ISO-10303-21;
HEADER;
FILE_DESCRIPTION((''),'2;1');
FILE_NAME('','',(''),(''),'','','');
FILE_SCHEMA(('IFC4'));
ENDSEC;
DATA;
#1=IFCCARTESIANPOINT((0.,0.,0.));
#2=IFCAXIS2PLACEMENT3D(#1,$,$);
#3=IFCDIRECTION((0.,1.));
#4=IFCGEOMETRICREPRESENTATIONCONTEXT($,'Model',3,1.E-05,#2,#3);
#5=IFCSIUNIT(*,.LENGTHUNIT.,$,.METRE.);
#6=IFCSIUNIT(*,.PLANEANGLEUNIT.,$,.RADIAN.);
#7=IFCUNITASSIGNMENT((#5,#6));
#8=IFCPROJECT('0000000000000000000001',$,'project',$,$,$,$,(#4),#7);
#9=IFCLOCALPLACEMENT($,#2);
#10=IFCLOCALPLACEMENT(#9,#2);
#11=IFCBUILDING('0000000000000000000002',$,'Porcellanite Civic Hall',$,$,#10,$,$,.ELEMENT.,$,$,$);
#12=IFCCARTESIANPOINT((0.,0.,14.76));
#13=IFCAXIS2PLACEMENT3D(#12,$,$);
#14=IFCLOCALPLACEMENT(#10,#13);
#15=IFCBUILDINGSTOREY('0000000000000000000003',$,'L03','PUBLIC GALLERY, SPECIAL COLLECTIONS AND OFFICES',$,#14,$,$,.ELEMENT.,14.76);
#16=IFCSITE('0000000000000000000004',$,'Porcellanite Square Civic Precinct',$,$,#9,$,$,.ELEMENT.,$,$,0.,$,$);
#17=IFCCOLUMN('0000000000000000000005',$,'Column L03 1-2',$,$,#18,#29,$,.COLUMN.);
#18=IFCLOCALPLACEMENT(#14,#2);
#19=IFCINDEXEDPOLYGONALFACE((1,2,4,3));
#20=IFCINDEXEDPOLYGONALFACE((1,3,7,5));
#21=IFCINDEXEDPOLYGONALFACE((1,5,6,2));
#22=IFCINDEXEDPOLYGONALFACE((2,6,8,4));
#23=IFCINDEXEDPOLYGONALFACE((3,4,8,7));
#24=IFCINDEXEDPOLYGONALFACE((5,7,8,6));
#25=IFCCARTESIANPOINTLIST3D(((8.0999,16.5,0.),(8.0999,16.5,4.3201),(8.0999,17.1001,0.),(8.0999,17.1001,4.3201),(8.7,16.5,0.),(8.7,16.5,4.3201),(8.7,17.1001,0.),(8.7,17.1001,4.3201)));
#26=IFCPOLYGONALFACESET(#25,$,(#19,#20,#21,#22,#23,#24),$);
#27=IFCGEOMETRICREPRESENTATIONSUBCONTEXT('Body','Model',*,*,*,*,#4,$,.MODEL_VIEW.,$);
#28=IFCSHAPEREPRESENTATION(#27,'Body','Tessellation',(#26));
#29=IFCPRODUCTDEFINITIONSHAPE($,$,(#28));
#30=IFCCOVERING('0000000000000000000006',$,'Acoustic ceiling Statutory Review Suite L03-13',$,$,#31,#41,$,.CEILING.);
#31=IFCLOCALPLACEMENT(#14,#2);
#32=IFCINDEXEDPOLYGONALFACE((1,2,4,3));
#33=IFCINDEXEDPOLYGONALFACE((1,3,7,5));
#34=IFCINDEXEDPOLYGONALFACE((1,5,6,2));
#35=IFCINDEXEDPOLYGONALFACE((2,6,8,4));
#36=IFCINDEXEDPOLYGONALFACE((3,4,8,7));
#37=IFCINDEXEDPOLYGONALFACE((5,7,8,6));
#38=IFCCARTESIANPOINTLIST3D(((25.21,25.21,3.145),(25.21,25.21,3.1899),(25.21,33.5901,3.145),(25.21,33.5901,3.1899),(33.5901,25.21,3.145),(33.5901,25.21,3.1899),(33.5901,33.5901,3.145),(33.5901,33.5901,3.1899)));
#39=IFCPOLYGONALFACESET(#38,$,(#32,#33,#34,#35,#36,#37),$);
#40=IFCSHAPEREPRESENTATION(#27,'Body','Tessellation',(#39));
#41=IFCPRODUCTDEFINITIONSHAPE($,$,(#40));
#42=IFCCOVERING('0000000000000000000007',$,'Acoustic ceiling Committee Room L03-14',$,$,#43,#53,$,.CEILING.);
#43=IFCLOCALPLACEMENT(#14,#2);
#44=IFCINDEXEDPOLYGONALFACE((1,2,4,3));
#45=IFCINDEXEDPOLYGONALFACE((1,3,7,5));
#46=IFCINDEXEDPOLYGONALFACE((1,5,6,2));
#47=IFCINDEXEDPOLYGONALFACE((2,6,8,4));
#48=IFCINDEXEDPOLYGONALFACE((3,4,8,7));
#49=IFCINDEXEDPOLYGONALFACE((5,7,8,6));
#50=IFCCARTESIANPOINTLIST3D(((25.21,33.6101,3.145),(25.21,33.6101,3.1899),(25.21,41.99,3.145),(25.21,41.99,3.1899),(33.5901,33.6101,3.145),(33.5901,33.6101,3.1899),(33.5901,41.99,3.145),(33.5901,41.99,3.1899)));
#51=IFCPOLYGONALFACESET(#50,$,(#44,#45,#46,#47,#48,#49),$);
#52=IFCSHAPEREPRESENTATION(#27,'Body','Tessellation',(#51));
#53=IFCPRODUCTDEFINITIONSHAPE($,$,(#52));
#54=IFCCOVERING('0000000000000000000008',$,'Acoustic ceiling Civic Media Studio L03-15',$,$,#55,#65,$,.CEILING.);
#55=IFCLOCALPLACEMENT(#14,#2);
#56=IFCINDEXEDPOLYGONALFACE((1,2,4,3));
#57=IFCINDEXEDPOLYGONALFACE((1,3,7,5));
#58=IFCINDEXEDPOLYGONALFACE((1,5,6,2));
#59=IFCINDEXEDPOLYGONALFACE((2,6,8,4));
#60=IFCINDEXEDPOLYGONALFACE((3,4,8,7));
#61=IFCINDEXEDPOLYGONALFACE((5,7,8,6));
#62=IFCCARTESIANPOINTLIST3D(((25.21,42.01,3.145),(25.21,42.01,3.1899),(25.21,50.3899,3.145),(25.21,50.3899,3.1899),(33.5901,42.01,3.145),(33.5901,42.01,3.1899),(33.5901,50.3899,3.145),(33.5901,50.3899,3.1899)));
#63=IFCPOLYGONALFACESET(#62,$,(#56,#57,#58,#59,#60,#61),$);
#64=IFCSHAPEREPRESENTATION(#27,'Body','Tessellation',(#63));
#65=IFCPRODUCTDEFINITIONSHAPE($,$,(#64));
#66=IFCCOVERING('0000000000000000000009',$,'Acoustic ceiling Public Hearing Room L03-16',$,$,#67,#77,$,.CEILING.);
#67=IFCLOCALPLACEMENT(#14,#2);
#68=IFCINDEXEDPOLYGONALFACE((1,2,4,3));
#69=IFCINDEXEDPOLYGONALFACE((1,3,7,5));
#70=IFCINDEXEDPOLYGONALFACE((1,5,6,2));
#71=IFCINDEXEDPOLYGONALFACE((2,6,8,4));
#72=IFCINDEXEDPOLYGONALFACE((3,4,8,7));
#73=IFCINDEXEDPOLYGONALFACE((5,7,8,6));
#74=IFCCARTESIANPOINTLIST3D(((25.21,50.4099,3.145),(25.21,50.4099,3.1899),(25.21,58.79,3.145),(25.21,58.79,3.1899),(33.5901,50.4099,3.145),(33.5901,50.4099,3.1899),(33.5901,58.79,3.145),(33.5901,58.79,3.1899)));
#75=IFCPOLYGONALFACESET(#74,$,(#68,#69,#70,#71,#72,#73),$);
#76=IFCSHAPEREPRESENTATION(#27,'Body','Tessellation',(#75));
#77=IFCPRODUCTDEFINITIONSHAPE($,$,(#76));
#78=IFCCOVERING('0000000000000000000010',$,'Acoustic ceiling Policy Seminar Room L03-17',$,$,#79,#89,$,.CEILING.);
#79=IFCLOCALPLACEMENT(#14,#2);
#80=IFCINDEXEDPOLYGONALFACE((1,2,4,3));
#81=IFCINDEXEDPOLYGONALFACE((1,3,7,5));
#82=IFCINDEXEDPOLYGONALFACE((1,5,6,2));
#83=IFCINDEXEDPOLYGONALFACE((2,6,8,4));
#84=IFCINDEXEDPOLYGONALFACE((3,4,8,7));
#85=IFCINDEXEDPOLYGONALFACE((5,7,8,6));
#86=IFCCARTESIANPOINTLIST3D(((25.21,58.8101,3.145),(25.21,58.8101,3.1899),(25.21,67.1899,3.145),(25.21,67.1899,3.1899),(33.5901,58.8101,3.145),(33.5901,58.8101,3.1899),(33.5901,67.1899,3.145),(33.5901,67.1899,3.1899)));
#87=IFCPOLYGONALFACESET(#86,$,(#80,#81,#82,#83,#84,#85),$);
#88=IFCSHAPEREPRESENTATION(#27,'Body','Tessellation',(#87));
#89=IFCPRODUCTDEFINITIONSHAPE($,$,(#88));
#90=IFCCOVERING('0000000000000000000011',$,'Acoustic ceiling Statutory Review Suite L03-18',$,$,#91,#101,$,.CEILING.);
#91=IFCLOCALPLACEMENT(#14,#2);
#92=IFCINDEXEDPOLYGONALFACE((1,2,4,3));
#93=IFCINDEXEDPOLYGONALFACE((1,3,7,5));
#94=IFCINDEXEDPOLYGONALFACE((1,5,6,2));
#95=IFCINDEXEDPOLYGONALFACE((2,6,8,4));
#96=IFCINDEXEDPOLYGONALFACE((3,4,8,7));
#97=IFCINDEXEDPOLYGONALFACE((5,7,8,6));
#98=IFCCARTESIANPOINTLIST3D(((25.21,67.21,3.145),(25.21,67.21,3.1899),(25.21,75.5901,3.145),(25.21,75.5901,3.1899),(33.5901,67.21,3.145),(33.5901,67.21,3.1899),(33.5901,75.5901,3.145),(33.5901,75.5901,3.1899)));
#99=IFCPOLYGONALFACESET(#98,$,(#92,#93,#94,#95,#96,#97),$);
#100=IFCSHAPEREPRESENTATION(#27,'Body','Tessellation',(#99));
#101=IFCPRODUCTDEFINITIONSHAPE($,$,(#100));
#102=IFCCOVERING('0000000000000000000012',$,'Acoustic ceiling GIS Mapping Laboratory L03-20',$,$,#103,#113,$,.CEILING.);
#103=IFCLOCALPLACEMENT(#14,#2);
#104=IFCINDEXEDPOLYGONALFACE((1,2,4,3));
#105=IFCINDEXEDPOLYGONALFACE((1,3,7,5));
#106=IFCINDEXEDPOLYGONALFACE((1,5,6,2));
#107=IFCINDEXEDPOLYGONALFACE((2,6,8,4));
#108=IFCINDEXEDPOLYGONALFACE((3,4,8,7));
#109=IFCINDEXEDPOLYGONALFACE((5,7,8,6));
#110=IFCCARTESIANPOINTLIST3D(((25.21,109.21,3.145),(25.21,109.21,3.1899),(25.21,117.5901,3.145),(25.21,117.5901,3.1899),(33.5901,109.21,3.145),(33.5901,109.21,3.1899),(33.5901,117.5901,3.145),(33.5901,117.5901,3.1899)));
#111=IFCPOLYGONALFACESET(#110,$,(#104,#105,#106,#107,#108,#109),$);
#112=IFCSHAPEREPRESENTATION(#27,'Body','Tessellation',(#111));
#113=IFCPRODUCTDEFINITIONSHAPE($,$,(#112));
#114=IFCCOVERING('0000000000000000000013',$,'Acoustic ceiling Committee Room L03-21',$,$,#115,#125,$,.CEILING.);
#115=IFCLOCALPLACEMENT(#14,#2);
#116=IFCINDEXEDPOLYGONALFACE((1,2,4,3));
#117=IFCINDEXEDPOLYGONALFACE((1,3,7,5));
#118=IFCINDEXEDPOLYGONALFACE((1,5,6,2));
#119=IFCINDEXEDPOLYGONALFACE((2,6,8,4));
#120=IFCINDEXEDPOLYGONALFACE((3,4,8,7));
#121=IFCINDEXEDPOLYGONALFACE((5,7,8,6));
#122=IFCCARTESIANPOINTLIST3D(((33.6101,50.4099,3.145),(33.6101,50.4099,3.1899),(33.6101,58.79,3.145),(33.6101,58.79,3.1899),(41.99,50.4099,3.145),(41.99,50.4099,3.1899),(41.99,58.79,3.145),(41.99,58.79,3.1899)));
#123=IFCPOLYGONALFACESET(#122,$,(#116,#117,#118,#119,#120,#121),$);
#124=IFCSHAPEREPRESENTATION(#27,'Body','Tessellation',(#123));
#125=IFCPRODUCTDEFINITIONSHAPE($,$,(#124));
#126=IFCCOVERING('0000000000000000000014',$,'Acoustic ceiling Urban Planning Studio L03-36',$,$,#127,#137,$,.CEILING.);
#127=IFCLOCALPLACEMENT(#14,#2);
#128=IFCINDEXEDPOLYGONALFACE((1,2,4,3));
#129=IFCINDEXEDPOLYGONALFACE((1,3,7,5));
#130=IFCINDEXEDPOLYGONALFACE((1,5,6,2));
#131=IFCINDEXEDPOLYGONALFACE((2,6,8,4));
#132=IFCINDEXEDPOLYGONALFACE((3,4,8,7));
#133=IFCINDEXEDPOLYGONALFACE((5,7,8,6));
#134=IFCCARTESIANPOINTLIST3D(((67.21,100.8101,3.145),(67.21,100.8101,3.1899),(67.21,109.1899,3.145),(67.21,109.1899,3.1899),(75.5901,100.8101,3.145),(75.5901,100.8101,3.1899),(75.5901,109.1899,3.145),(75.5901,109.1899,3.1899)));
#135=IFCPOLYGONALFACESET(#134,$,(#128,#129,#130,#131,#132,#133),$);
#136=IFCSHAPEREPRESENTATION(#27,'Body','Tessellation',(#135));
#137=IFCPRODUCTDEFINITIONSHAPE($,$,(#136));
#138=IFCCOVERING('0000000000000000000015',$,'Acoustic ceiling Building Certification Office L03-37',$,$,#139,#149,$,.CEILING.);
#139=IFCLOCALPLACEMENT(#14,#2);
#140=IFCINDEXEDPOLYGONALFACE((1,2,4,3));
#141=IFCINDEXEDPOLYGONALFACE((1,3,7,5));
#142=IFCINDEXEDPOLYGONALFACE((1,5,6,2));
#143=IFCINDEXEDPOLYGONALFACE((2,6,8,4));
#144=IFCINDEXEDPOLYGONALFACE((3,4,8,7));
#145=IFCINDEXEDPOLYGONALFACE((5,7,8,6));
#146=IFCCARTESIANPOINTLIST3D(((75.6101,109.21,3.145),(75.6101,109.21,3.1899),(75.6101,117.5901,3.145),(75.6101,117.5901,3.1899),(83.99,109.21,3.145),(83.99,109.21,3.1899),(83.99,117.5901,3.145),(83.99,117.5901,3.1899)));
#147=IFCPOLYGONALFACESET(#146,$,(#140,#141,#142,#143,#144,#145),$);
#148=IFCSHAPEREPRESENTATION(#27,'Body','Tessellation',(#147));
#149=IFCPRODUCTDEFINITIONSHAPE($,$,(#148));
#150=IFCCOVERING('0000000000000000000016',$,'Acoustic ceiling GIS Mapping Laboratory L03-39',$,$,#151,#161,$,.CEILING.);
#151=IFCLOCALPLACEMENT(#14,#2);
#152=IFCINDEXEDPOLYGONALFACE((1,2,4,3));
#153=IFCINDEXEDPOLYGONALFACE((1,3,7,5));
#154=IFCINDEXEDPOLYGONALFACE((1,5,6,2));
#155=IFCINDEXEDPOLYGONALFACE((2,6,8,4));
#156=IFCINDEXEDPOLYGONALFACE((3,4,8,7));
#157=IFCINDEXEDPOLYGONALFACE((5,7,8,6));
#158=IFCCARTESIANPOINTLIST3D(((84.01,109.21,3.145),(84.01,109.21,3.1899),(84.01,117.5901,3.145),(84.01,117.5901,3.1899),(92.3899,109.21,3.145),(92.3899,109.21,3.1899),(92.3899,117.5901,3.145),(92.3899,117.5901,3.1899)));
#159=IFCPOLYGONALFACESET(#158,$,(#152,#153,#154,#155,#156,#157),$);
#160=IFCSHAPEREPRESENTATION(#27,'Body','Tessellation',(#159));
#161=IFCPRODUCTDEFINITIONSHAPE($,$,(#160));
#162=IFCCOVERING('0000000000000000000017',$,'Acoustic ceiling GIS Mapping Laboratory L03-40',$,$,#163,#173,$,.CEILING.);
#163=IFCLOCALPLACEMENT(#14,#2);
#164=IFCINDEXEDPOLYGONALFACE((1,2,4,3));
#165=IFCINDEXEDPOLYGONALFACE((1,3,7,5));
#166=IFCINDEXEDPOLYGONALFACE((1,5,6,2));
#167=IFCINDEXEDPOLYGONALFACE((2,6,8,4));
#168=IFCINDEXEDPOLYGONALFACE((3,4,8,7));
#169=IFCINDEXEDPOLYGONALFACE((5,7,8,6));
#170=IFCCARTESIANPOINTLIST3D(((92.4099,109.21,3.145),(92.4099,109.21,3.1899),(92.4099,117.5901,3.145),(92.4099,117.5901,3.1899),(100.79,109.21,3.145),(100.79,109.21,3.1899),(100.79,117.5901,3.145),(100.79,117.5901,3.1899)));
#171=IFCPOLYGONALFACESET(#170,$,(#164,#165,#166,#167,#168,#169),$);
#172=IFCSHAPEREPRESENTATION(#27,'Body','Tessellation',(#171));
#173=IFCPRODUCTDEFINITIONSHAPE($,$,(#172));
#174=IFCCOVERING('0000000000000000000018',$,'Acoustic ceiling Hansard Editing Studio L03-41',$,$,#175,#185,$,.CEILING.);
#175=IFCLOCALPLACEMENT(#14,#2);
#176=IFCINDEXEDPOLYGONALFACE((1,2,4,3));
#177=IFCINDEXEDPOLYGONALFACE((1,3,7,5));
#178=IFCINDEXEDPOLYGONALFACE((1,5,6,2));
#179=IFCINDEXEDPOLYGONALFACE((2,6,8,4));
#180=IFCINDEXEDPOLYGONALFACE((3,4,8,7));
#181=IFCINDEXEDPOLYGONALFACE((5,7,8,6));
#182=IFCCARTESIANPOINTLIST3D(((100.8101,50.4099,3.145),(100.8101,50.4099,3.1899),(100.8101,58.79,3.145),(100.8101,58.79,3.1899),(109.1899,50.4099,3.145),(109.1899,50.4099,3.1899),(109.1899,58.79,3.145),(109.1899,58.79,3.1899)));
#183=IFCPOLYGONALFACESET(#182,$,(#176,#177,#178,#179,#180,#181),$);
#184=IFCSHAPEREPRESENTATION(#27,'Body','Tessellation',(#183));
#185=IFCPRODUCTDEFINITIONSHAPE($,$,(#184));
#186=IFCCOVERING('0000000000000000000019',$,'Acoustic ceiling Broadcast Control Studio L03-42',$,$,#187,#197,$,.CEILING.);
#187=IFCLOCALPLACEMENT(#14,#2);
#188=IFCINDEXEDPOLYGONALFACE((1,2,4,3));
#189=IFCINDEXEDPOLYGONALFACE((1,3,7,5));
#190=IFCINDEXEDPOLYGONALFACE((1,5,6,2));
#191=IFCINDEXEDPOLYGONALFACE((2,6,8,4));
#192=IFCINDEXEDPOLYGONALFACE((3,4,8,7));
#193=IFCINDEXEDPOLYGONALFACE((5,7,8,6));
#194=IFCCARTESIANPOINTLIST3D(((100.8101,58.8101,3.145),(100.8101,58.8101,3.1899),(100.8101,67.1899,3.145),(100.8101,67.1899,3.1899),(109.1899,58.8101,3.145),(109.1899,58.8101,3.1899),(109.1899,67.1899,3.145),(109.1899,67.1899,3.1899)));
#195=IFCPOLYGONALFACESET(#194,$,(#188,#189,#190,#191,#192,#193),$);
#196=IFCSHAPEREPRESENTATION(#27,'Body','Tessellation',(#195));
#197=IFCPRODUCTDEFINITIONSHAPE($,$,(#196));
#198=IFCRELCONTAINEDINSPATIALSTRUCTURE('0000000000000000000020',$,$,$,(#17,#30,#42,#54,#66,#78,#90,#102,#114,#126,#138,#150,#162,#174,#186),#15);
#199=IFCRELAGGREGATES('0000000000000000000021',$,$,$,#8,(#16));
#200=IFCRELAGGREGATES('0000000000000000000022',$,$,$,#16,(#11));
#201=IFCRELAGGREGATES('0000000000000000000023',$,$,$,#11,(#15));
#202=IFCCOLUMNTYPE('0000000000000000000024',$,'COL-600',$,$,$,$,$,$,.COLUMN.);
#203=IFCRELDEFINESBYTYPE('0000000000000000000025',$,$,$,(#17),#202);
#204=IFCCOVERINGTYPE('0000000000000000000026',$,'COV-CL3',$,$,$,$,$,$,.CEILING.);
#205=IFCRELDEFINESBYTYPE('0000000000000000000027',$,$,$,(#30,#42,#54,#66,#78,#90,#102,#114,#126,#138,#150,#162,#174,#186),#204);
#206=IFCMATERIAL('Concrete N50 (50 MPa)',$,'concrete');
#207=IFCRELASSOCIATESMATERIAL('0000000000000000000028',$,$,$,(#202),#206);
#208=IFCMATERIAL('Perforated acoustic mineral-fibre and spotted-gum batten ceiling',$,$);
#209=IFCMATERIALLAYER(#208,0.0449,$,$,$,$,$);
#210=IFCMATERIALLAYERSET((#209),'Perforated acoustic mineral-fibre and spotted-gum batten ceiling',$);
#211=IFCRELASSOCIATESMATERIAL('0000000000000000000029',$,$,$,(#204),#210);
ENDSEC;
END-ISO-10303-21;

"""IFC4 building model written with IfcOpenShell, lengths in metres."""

from ifc_helpers import new_model, si_unit, direction, frame, origin, origin_2d, place, context, subcontext, project, spatial, polyline, rectangle, outline, extrude, material, layer, layer_set, material_profile, profile_set, type_object, element, save


model = new_model("IFC4")

# Units and contexts
model_context = context("Model", 3, precision=1e-05, world=origin(), true_north=direction((0.0, 1.0)))
body_context = subcontext(model_context, "Body", "Model", "MODEL_VIEW")
ifc_project = project(units=[si_unit("LENGTHUNIT", "METRE"), si_unit("PLANEANGLEUNIT", "RADIAN")], contexts=[model_context])

# Site, building, storey
site_placement = place(None, origin())
site = spatial("IfcSite", under=ifc_project, at=site_placement, Name="Porcellanite Square Civic Precinct", CompositionType="ELEMENT", RefElevation=0.0)
building_placement = place(site_placement, origin())
building = spatial("IfcBuilding", under=site, at=building_placement, Name="Porcellanite Civic Hall", CompositionType="ELEMENT")
storey_placement = place(building_placement, frame((0.0, 0.0, 14.76)))
storey = spatial("IfcBuildingStorey", under=building, at=storey_placement, Name="L03", Description="PUBLIC GALLERY, SPECIAL COLLECTIONS AND OFFICES", CompositionType="ELEMENT", Elevation=14.76)

# Column
ifc_material_1 = material(Name="Concrete N50 (50 MPa)", Category="concrete")
ifc_material_profile = material_profile(ifc_material_1, rectangle(XDim=0.6001, YDim=0.6001, at=origin_2d()), Name="RC-600x600")
ifc_profile_set = profile_set([ifc_material_profile], Name="Concrete N50 (50 MPa)")
column_type = type_object("IfcColumnType", Name="COL-600", PredefinedType="COLUMN", material=ifc_profile_set)
column_placement = place(storey_placement, frame((8.3999, 16.8, 0.0), z_axis=(0.0, 0.0, 1.0), x_axis=(1.0, 0.0, 0.0)))
element("IfcColumn", 1, at=column_placement, inside=storey, type_object=column_type, Name="Column L03 1-2", PredefinedType="COLUMN", context=body_context, shape_type="SweptSolid", body=[
    extrude(rectangle(XDim=0.6001, YDim=0.6001, at=origin_2d()), origin(), (0.0, 0.0, 1.0), 4.3201),
])

# Coverings
ifc_material_2 = material(Name="Perforated acoustic mineral-fibre and spotted-gum batten ceiling")
ifc_layer = layer(ifc_material_2, 0.0449)
ifc_layer_set = layer_set([ifc_layer], Name="Perforated acoustic mineral-fibre and spotted-gum batten ceiling")
covering_type = type_object("IfcCoveringType", Name="COV-CL3", PredefinedType="CEILING", material=ifc_layer_set)
covering_1_placement = place(storey_placement, frame((0.0, 0.0, 3.145)))
element("IfcCovering", 2, at=covering_1_placement, inside=storey, type_object=covering_type, Name="Acoustic ceiling Statutory Review Suite L03-13", PredefinedType="CEILING", context=body_context, shape_type="SweptSolid", body=[
    extrude(outline(polyline([(25.21, 25.21), (33.5901, 25.21), (33.5901, 33.5901), (25.21, 33.5901), (25.21, 25.21)])), origin(), (0.0, 0.0, 1.0), 0.0449),
])
covering_2_placement = place(storey_placement, frame((0.0, 0.0, 3.145)))
element("IfcCovering", 3, at=covering_2_placement, inside=storey, type_object=covering_type, Name="Acoustic ceiling Committee Room L03-14", PredefinedType="CEILING", context=body_context, shape_type="SweptSolid", body=[
    extrude(outline(polyline([(25.21, 33.6101), (33.5901, 33.6101), (33.5901, 41.99), (25.21, 41.99), (25.21, 33.6101)])), origin(), (0.0, 0.0, 1.0), 0.0449),
])
covering_3_placement = place(storey_placement, frame((0.0, 0.0, 3.145)))
element("IfcCovering", 4, at=covering_3_placement, inside=storey, type_object=covering_type, Name="Acoustic ceiling Civic Media Studio L03-15", PredefinedType="CEILING", context=body_context, shape_type="SweptSolid", body=[
    extrude(outline(polyline([(25.21, 42.01), (33.5901, 42.01), (33.5901, 50.3899), (25.21, 50.3899), (25.21, 42.01)])), origin(), (0.0, 0.0, 1.0), 0.0449),
])
covering_4_placement = place(storey_placement, frame((0.0, 0.0, 3.145)))
element("IfcCovering", 5, at=covering_4_placement, inside=storey, type_object=covering_type, Name="Acoustic ceiling Public Hearing Room L03-16", PredefinedType="CEILING", context=body_context, shape_type="SweptSolid", body=[
    extrude(outline(polyline([(25.21, 50.4099), (33.5901, 50.4099), (33.5901, 58.79), (25.21, 58.79), (25.21, 50.4099)])), origin(), (0.0, 0.0, 1.0), 0.0449),
])
covering_5_placement = place(storey_placement, frame((0.0, 0.0, 3.145)))
element("IfcCovering", 6, at=covering_5_placement, inside=storey, type_object=covering_type, Name="Acoustic ceiling Policy Seminar Room L03-17", PredefinedType="CEILING", context=body_context, shape_type="SweptSolid", body=[
    extrude(outline(polyline([(25.21, 58.8101), (33.5901, 58.8101), (33.5901, 67.1899), (25.21, 67.1899), (25.21, 58.8101)])), origin(), (0.0, 0.0, 1.0), 0.0449),
])
covering_6_placement = place(storey_placement, frame((0.0, 0.0, 3.145)))
element("IfcCovering", 7, at=covering_6_placement, inside=storey, type_object=covering_type, Name="Acoustic ceiling Statutory Review Suite L03-18", PredefinedType="CEILING", context=body_context, shape_type="SweptSolid", body=[
    extrude(outline(polyline([(25.21, 67.21), (33.5901, 67.21), (33.5901, 75.5901), (25.21, 75.5901), (25.21, 67.21)])), origin(), (0.0, 0.0, 1.0), 0.0449),
])
covering_7_placement = place(storey_placement, frame((0.0, 0.0, 3.145)))
element("IfcCovering", 8, at=covering_7_placement, inside=storey, type_object=covering_type, Name="Acoustic ceiling GIS Mapping Laboratory L03-20", PredefinedType="CEILING", context=body_context, shape_type="SweptSolid", body=[
    extrude(outline(polyline([(25.21, 109.21), (33.5901, 109.21), (33.5901, 117.5901), (25.21, 117.5901), (25.21, 109.21)])), origin(), (0.0, 0.0, 1.0), 0.0449),
])
covering_8_placement = place(storey_placement, frame((0.0, 0.0, 3.145)))
element("IfcCovering", 9, at=covering_8_placement, inside=storey, type_object=covering_type, Name="Acoustic ceiling Committee Room L03-21", PredefinedType="CEILING", context=body_context, shape_type="SweptSolid", body=[
    extrude(outline(polyline([(33.6101, 50.4099), (41.99, 50.4099), (41.99, 58.79), (33.6101, 58.79), (33.6101, 50.4099)])), origin(), (0.0, 0.0, 1.0), 0.0449),
])
covering_9_placement = place(storey_placement, frame((0.0, 0.0, 3.145)))
element("IfcCovering", 10, at=covering_9_placement, inside=storey, type_object=covering_type, Name="Acoustic ceiling Urban Planning Studio L03-36", PredefinedType="CEILING", context=body_context, shape_type="SweptSolid", body=[
    extrude(outline(polyline([(67.21, 100.8101), (75.5901, 100.8101), (75.5901, 109.1899), (67.21, 109.1899), (67.21, 100.8101)])), origin(), (0.0, 0.0, 1.0), 0.0449),
])
covering_10_placement = place(storey_placement, frame((0.0, 0.0, 3.145)))
element("IfcCovering", 11, at=covering_10_placement, inside=storey, type_object=covering_type, Name="Acoustic ceiling Building Certification Office L03-37", PredefinedType="CEILING", context=body_context, shape_type="SweptSolid", body=[
    extrude(outline(polyline([(75.6101, 109.21), (83.99, 109.21), (83.99, 117.5901), (75.6101, 117.5901), (75.6101, 109.21)])), origin(), (0.0, 0.0, 1.0), 0.0449),
])
covering_11_placement = place(storey_placement, frame((0.0, 0.0, 3.145)))
element("IfcCovering", 12, at=covering_11_placement, inside=storey, type_object=covering_type, Name="Acoustic ceiling GIS Mapping Laboratory L03-39", PredefinedType="CEILING", context=body_context, shape_type="SweptSolid", body=[
    extrude(outline(polyline([(84.01, 109.21), (92.3899, 109.21), (92.3899, 117.5901), (84.01, 117.5901), (84.01, 109.21)])), origin(), (0.0, 0.0, 1.0), 0.0449),
])
covering_12_placement = place(storey_placement, frame((0.0, 0.0, 3.145)))
element("IfcCovering", 13, at=covering_12_placement, inside=storey, type_object=covering_type, Name="Acoustic ceiling GIS Mapping Laboratory L03-40", PredefinedType="CEILING", context=body_context, shape_type="SweptSolid", body=[
    extrude(outline(polyline([(92.4099, 109.21), (100.79, 109.21), (100.79, 117.5901), (92.4099, 117.5901), (92.4099, 109.21)])), origin(), (0.0, 0.0, 1.0), 0.0449),
])
covering_13_placement = place(storey_placement, frame((0.0, 0.0, 3.145)))
element("IfcCovering", 14, at=covering_13_placement, inside=storey, type_object=covering_type, Name="Acoustic ceiling Hansard Editing Studio L03-41", PredefinedType="CEILING", context=body_context, shape_type="SweptSolid", body=[
    extrude(outline(polyline([(100.8101, 50.4099), (109.1899, 50.4099), (109.1899, 58.79), (100.8101, 58.79), (100.8101, 50.4099)])), origin(), (0.0, 0.0, 1.0), 0.0449),
])
covering_14_placement = place(storey_placement, frame((0.0, 0.0, 3.145)))
element("IfcCovering", 15, at=covering_14_placement, inside=storey, type_object=covering_type, Name="Acoustic ceiling Broadcast Control Studio L03-42", PredefinedType="CEILING", context=body_context, shape_type="SweptSolid", body=[
    extrude(outline(polyline([(100.8101, 58.8101), (109.1899, 58.8101), (109.1899, 67.1899), (100.8101, 67.1899), (100.8101, 58.8101)])), origin(), (0.0, 0.0, 1.0), 0.0449),
])

save(model, "model.ifc")
